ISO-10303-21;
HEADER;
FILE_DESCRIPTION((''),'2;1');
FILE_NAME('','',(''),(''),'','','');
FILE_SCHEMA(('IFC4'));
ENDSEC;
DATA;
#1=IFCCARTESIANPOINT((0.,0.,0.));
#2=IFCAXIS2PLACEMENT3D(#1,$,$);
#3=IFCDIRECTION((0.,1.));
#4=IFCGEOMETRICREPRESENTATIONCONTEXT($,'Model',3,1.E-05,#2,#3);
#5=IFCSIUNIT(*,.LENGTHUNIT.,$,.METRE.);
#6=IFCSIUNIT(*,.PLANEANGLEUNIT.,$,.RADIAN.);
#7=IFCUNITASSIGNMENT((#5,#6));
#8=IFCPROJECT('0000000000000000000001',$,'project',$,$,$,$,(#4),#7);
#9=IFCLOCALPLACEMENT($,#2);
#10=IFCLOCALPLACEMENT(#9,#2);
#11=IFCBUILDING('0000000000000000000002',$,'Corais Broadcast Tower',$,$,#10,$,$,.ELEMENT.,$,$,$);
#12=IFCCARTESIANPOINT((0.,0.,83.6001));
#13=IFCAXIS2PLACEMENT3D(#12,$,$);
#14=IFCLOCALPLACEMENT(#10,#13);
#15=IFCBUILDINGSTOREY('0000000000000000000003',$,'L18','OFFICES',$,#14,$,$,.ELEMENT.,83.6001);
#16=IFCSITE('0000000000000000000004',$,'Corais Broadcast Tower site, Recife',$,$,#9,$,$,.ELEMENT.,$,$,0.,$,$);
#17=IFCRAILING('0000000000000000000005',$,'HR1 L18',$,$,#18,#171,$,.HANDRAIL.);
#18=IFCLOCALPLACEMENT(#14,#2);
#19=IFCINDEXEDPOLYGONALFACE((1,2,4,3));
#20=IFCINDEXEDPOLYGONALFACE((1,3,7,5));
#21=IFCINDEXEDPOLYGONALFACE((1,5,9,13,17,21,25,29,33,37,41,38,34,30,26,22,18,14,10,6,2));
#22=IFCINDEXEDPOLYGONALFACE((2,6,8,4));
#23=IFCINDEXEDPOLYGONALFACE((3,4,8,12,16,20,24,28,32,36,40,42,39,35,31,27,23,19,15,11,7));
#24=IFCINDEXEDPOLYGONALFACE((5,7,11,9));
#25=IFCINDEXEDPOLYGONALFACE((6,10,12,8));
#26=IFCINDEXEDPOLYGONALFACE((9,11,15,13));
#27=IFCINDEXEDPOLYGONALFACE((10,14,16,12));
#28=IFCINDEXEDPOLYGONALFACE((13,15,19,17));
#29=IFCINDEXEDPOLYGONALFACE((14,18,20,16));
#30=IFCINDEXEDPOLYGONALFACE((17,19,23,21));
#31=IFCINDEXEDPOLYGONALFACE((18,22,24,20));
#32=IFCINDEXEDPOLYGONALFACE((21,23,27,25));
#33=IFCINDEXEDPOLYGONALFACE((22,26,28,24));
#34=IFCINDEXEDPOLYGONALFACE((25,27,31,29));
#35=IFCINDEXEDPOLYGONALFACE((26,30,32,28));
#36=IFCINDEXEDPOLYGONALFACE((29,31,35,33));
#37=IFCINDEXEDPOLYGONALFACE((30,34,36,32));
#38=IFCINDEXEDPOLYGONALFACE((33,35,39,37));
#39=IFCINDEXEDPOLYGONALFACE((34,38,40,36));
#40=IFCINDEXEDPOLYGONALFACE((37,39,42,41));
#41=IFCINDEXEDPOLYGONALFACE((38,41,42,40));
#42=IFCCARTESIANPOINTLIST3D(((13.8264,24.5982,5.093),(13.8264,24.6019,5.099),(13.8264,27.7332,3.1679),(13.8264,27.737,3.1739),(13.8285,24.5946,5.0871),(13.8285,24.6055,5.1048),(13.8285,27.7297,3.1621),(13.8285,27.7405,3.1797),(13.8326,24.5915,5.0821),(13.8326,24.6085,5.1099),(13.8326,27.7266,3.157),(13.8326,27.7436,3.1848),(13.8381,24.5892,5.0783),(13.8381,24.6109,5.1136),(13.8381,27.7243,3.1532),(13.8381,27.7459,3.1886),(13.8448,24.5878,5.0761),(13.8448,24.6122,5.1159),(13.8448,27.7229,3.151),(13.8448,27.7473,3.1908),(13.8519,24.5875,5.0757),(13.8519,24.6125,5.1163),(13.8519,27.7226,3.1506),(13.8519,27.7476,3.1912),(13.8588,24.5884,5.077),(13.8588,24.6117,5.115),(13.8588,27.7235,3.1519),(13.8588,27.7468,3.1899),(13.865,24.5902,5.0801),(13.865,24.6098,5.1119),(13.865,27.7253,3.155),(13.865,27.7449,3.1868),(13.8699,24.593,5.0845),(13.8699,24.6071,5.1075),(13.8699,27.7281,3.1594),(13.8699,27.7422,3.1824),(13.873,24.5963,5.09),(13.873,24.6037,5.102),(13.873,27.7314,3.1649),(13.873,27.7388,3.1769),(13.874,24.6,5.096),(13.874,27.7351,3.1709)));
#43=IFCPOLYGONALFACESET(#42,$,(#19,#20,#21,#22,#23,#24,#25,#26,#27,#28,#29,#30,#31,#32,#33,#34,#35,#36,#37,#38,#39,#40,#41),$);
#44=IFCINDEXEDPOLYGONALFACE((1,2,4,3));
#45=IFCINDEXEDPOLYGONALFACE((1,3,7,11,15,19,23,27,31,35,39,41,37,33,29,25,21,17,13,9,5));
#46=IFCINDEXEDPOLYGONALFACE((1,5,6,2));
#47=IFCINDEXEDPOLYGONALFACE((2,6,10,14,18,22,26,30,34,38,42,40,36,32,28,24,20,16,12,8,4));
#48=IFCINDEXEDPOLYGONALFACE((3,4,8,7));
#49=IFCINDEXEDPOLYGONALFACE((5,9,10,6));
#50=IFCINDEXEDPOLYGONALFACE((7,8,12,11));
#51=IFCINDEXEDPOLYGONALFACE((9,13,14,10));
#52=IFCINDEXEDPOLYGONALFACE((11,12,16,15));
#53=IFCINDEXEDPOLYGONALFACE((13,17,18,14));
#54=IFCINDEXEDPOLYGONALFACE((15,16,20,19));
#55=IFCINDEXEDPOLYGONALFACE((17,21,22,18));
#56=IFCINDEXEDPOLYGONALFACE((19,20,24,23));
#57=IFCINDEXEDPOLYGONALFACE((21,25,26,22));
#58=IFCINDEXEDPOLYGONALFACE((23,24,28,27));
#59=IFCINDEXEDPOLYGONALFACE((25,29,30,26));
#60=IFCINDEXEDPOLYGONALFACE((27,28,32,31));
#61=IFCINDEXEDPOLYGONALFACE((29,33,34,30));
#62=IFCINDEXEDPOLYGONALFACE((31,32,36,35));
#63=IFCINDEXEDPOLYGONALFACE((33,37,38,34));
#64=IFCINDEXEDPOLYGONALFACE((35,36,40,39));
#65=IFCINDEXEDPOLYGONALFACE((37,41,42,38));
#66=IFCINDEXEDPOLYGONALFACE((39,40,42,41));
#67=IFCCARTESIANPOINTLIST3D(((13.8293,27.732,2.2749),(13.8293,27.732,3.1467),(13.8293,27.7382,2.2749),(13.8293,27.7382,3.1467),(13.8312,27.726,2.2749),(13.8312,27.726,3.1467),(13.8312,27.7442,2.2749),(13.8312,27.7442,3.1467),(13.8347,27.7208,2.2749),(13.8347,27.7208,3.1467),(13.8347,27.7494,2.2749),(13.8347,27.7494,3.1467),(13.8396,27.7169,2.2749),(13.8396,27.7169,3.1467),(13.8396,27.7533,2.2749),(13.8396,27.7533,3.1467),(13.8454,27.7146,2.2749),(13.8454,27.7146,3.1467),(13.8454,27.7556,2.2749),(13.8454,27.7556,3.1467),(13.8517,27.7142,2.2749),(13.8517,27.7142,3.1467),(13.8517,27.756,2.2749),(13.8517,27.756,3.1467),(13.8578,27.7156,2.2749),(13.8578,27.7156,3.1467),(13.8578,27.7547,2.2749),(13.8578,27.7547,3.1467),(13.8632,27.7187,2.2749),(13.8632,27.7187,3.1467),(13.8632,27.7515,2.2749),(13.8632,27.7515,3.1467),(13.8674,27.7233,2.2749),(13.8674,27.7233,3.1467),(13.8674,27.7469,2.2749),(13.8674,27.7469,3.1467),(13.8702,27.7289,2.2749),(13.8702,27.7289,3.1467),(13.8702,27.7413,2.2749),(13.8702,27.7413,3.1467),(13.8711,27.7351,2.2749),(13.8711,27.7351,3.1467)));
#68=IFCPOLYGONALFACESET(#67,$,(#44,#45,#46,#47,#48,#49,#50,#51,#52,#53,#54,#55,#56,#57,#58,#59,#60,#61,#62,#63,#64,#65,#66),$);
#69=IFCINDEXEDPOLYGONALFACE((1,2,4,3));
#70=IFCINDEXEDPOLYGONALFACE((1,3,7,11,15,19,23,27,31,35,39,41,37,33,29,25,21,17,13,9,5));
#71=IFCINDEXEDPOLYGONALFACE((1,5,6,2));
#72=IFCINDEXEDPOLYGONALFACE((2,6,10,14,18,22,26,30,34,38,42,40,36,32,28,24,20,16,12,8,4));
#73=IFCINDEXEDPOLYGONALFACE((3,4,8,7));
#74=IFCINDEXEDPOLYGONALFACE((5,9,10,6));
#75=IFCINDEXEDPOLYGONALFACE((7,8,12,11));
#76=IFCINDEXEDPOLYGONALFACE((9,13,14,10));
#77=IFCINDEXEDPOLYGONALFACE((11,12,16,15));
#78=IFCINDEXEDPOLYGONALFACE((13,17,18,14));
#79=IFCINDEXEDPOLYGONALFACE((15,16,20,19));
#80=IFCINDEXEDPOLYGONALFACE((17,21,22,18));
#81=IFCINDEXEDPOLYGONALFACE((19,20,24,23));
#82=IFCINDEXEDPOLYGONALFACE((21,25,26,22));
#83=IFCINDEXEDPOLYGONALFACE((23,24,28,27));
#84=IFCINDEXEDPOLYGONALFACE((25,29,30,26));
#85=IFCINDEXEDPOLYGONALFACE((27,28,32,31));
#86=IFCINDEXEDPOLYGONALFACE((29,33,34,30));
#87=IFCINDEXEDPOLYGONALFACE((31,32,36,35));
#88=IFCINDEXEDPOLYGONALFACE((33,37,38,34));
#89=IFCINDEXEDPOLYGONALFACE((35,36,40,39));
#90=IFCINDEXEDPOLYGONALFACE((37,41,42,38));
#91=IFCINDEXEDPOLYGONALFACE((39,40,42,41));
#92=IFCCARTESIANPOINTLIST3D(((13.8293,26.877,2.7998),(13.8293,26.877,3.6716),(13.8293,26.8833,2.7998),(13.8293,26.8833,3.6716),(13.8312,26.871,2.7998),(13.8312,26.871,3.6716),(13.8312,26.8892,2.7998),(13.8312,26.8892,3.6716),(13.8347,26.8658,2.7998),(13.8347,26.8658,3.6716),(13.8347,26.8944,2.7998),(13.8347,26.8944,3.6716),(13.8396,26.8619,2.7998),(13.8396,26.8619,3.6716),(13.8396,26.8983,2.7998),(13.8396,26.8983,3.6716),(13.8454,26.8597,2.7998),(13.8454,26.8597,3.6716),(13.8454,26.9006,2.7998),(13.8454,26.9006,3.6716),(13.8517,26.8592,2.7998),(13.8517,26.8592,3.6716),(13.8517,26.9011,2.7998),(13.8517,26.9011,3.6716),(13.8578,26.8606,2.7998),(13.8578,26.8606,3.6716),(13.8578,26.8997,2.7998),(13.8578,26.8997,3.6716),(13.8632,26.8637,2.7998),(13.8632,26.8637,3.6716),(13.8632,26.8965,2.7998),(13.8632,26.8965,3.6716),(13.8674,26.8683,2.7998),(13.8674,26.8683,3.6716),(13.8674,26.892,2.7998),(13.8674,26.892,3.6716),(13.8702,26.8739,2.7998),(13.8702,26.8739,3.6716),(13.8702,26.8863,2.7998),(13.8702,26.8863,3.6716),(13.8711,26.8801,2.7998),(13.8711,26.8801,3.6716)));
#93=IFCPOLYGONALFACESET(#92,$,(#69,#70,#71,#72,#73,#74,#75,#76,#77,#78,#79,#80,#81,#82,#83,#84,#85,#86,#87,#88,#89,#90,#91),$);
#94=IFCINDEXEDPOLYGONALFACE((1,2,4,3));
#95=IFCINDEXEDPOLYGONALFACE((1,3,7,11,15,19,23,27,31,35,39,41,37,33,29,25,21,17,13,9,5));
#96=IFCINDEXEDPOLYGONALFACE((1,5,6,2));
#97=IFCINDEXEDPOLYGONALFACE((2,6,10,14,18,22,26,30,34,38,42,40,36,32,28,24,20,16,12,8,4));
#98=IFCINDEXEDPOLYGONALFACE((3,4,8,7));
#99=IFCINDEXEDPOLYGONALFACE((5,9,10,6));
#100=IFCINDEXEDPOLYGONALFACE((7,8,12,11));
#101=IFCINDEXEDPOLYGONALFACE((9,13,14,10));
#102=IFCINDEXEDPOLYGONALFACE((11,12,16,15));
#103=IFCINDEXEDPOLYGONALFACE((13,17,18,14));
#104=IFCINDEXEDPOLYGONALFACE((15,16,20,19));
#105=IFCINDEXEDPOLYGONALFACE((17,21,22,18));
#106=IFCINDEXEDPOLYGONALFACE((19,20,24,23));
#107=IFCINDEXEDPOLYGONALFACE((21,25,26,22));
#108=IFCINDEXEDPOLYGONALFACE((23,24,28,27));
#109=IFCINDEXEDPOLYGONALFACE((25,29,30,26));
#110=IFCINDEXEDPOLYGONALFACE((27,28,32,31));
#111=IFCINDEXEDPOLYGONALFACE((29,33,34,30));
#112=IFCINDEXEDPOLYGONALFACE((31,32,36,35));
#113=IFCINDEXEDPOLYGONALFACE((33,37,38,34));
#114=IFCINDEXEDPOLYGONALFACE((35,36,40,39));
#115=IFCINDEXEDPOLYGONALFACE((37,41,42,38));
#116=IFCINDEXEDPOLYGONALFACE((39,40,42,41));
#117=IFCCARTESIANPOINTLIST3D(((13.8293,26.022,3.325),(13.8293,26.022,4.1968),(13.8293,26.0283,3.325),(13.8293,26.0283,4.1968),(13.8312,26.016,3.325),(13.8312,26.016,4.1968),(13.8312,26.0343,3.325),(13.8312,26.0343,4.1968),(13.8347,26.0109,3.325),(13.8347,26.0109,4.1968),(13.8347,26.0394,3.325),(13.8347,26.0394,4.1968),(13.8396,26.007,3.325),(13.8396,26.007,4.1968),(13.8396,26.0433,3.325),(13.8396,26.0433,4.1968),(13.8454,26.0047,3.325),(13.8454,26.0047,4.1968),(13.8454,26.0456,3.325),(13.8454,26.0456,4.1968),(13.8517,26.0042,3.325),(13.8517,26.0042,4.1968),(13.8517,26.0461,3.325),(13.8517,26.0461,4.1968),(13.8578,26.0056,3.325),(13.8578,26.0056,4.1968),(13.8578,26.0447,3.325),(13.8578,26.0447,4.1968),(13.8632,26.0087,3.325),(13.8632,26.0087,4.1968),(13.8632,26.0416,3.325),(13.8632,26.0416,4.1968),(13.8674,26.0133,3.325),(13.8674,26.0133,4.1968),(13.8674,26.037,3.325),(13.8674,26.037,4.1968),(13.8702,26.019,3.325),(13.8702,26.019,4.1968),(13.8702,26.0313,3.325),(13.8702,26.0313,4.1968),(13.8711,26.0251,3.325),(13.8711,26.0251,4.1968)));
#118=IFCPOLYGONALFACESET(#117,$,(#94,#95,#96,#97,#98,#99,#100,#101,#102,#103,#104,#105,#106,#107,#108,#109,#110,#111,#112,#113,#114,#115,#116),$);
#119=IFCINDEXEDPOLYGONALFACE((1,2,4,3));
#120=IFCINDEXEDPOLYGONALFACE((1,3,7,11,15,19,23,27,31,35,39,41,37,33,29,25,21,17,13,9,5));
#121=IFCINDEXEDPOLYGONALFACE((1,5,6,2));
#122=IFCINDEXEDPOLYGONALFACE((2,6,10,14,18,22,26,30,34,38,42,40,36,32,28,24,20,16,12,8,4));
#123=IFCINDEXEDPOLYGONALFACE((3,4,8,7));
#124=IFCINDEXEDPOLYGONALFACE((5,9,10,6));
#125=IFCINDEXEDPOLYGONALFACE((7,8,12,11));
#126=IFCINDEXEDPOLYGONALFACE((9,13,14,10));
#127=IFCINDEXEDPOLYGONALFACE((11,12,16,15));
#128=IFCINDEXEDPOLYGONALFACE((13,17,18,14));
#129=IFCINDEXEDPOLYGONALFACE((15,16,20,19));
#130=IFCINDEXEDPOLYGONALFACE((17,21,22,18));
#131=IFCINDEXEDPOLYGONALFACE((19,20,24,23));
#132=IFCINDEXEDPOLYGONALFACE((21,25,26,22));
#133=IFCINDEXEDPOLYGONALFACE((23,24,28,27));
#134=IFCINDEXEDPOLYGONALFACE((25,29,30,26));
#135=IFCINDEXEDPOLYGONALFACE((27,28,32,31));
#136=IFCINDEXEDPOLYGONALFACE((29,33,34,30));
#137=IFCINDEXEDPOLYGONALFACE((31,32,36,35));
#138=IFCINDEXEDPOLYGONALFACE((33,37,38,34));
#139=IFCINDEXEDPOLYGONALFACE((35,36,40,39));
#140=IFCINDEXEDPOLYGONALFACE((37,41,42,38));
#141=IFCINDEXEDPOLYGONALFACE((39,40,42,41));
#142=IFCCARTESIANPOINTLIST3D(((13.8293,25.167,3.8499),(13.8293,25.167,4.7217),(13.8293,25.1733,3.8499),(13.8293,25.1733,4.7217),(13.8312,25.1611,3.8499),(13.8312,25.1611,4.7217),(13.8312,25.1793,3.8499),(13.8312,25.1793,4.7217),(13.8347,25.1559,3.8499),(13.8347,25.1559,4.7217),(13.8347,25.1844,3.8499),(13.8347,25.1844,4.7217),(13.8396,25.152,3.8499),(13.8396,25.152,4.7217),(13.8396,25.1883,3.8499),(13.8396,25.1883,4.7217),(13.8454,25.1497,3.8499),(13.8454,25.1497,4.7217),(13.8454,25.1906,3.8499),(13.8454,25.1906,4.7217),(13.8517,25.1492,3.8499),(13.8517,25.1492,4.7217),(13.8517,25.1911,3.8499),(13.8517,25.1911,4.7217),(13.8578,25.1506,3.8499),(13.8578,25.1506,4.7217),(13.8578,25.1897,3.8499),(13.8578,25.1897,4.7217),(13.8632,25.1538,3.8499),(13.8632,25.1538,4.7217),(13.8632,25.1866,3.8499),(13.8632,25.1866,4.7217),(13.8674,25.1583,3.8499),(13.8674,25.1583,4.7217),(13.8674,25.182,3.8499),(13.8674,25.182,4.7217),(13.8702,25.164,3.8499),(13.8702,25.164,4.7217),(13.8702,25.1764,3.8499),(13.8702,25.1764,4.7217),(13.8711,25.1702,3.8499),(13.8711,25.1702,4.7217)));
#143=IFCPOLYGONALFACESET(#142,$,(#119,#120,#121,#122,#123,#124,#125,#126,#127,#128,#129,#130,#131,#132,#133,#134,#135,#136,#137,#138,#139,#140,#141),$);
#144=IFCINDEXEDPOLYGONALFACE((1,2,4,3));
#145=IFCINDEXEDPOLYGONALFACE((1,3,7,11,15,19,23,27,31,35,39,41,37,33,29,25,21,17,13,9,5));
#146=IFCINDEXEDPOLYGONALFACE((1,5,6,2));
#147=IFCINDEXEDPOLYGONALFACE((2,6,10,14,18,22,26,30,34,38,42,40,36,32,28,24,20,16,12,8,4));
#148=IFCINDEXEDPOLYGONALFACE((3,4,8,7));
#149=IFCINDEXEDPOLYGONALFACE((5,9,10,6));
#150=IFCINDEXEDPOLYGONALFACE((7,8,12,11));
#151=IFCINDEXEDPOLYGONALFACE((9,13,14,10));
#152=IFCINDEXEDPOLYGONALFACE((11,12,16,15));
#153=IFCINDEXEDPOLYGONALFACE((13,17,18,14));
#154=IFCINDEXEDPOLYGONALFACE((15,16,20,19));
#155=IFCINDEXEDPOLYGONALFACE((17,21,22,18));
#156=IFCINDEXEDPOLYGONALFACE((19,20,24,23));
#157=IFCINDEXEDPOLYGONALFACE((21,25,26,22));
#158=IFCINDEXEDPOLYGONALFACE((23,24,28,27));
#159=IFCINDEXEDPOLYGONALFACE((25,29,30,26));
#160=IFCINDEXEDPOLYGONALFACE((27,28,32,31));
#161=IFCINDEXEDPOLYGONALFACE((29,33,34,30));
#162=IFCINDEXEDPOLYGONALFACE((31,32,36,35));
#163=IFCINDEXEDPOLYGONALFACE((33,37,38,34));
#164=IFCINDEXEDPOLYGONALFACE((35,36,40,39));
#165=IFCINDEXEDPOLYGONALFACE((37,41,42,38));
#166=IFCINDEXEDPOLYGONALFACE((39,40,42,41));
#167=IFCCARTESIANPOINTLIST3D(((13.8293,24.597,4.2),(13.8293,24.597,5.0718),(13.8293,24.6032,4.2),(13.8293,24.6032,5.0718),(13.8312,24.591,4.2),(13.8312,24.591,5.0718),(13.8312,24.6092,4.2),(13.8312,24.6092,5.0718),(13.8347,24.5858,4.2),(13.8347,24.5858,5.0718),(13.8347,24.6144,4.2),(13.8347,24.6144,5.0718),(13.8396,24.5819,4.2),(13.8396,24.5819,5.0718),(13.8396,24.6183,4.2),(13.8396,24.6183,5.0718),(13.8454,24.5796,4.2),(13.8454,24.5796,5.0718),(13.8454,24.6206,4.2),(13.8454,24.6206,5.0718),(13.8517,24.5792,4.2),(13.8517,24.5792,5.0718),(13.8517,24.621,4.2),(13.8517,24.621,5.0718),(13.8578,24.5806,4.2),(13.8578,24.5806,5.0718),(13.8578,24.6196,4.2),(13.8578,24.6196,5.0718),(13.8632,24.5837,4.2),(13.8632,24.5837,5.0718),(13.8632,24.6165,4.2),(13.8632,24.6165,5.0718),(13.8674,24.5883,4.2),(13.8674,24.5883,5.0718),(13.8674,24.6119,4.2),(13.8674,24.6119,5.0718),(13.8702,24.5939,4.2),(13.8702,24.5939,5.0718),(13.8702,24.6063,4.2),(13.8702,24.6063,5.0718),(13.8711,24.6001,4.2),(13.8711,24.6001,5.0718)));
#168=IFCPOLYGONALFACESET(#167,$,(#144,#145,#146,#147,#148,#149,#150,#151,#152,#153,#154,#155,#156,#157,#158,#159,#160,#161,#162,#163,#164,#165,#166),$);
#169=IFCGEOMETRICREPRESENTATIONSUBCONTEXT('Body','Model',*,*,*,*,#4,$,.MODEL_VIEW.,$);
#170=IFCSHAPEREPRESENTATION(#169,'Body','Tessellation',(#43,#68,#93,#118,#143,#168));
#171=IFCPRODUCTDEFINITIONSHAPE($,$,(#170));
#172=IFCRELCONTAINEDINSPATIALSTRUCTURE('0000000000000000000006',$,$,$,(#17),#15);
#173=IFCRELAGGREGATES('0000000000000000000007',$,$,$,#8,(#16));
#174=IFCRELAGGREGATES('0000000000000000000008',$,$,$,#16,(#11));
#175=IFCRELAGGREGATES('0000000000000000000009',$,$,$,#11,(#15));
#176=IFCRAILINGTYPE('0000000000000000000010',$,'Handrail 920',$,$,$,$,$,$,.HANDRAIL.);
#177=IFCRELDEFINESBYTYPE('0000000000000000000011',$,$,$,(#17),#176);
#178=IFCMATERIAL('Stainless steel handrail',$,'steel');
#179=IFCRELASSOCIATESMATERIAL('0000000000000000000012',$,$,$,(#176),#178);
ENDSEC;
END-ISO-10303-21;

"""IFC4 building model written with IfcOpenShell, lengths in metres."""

from ifc_helpers import new_model, si_unit, direction, frame, origin, origin_2d, place, context, subcontext, project, spatial, circle, extrude, material, type_object, element, save


model = new_model("IFC4")

# Units and contexts
model_context = context("Model", 3, precision=1e-05, world=origin(), true_north=direction((0.0, 1.0)))
body_context = subcontext(model_context, "Body", "Model", "MODEL_VIEW")
ifc_project = project(units=[si_unit("LENGTHUNIT", "METRE"), si_unit("PLANEANGLEUNIT", "RADIAN")], contexts=[model_context])

# Site, building, storey
site_placement = place(None, origin())
site = spatial("IfcSite", under=ifc_project, at=site_placement, Name="Corais Broadcast Tower site, Recife", CompositionType="ELEMENT", RefElevation=0.0)
building_placement = place(site_placement, origin())
building = spatial("IfcBuilding", under=site, at=building_placement, Name="Corais Broadcast Tower", CompositionType="ELEMENT")
storey_placement = place(building_placement, frame((0.0, 0.0, 83.6001)))
storey = spatial("IfcBuildingStorey", under=building, at=storey_placement, Name="L18", Description="OFFICES", CompositionType="ELEMENT", Elevation=83.6001)

# Railing
ifc_material_1 = material(Name="Stainless steel handrail", Category="steel")
railing_type = type_object("IfcRailingType", Name="Handrail 920", PredefinedType="HANDRAIL", material=ifc_material_1)
for number, where, name in (
    (1, (13.8501, 27.7351, 2.2749), "HR1 L18"),
):
    element("IfcRailing", number, at=place(storey_placement, frame(where)), inside=storey, type_object=railing_type, Name=name, PredefinedType="HANDRAIL", context=body_context, shape_type="SweptSolid", body=[
        extrude(circle(Radius=0.0239, at=origin_2d()), frame((0.0, 0.0, 0.896), z_axis=(0.0, -0.852166, 0.523271), x_axis=(1.0, 0.0, 0.0)), (0.0, 0.0, 1.0), 3.679),
        extrude(circle(Radius=0.021, at=origin_2d()), origin(), (0.0, 0.0, 1.0), 0.8718),
        extrude(circle(Radius=0.021, at=origin_2d()), frame((0.0, -0.855, 0.5249)), (0.0, 0.0, 1.0), 0.8718),
        extrude(circle(Radius=0.021, at=origin_2d()), frame((0.0, -1.71, 1.05)), (0.0, 0.0, 1.0), 0.8718),
        extrude(circle(Radius=0.021, at=origin_2d()), frame((0.0, -2.5649, 1.575)), (0.0, 0.0, 1.0), 0.8718),
        extrude(circle(Radius=0.021, at=origin_2d()), frame((0.0, -3.135, 1.925)), (0.0, 0.0, 1.0), 0.8718),
    ])

save(model, "model.ifc")
